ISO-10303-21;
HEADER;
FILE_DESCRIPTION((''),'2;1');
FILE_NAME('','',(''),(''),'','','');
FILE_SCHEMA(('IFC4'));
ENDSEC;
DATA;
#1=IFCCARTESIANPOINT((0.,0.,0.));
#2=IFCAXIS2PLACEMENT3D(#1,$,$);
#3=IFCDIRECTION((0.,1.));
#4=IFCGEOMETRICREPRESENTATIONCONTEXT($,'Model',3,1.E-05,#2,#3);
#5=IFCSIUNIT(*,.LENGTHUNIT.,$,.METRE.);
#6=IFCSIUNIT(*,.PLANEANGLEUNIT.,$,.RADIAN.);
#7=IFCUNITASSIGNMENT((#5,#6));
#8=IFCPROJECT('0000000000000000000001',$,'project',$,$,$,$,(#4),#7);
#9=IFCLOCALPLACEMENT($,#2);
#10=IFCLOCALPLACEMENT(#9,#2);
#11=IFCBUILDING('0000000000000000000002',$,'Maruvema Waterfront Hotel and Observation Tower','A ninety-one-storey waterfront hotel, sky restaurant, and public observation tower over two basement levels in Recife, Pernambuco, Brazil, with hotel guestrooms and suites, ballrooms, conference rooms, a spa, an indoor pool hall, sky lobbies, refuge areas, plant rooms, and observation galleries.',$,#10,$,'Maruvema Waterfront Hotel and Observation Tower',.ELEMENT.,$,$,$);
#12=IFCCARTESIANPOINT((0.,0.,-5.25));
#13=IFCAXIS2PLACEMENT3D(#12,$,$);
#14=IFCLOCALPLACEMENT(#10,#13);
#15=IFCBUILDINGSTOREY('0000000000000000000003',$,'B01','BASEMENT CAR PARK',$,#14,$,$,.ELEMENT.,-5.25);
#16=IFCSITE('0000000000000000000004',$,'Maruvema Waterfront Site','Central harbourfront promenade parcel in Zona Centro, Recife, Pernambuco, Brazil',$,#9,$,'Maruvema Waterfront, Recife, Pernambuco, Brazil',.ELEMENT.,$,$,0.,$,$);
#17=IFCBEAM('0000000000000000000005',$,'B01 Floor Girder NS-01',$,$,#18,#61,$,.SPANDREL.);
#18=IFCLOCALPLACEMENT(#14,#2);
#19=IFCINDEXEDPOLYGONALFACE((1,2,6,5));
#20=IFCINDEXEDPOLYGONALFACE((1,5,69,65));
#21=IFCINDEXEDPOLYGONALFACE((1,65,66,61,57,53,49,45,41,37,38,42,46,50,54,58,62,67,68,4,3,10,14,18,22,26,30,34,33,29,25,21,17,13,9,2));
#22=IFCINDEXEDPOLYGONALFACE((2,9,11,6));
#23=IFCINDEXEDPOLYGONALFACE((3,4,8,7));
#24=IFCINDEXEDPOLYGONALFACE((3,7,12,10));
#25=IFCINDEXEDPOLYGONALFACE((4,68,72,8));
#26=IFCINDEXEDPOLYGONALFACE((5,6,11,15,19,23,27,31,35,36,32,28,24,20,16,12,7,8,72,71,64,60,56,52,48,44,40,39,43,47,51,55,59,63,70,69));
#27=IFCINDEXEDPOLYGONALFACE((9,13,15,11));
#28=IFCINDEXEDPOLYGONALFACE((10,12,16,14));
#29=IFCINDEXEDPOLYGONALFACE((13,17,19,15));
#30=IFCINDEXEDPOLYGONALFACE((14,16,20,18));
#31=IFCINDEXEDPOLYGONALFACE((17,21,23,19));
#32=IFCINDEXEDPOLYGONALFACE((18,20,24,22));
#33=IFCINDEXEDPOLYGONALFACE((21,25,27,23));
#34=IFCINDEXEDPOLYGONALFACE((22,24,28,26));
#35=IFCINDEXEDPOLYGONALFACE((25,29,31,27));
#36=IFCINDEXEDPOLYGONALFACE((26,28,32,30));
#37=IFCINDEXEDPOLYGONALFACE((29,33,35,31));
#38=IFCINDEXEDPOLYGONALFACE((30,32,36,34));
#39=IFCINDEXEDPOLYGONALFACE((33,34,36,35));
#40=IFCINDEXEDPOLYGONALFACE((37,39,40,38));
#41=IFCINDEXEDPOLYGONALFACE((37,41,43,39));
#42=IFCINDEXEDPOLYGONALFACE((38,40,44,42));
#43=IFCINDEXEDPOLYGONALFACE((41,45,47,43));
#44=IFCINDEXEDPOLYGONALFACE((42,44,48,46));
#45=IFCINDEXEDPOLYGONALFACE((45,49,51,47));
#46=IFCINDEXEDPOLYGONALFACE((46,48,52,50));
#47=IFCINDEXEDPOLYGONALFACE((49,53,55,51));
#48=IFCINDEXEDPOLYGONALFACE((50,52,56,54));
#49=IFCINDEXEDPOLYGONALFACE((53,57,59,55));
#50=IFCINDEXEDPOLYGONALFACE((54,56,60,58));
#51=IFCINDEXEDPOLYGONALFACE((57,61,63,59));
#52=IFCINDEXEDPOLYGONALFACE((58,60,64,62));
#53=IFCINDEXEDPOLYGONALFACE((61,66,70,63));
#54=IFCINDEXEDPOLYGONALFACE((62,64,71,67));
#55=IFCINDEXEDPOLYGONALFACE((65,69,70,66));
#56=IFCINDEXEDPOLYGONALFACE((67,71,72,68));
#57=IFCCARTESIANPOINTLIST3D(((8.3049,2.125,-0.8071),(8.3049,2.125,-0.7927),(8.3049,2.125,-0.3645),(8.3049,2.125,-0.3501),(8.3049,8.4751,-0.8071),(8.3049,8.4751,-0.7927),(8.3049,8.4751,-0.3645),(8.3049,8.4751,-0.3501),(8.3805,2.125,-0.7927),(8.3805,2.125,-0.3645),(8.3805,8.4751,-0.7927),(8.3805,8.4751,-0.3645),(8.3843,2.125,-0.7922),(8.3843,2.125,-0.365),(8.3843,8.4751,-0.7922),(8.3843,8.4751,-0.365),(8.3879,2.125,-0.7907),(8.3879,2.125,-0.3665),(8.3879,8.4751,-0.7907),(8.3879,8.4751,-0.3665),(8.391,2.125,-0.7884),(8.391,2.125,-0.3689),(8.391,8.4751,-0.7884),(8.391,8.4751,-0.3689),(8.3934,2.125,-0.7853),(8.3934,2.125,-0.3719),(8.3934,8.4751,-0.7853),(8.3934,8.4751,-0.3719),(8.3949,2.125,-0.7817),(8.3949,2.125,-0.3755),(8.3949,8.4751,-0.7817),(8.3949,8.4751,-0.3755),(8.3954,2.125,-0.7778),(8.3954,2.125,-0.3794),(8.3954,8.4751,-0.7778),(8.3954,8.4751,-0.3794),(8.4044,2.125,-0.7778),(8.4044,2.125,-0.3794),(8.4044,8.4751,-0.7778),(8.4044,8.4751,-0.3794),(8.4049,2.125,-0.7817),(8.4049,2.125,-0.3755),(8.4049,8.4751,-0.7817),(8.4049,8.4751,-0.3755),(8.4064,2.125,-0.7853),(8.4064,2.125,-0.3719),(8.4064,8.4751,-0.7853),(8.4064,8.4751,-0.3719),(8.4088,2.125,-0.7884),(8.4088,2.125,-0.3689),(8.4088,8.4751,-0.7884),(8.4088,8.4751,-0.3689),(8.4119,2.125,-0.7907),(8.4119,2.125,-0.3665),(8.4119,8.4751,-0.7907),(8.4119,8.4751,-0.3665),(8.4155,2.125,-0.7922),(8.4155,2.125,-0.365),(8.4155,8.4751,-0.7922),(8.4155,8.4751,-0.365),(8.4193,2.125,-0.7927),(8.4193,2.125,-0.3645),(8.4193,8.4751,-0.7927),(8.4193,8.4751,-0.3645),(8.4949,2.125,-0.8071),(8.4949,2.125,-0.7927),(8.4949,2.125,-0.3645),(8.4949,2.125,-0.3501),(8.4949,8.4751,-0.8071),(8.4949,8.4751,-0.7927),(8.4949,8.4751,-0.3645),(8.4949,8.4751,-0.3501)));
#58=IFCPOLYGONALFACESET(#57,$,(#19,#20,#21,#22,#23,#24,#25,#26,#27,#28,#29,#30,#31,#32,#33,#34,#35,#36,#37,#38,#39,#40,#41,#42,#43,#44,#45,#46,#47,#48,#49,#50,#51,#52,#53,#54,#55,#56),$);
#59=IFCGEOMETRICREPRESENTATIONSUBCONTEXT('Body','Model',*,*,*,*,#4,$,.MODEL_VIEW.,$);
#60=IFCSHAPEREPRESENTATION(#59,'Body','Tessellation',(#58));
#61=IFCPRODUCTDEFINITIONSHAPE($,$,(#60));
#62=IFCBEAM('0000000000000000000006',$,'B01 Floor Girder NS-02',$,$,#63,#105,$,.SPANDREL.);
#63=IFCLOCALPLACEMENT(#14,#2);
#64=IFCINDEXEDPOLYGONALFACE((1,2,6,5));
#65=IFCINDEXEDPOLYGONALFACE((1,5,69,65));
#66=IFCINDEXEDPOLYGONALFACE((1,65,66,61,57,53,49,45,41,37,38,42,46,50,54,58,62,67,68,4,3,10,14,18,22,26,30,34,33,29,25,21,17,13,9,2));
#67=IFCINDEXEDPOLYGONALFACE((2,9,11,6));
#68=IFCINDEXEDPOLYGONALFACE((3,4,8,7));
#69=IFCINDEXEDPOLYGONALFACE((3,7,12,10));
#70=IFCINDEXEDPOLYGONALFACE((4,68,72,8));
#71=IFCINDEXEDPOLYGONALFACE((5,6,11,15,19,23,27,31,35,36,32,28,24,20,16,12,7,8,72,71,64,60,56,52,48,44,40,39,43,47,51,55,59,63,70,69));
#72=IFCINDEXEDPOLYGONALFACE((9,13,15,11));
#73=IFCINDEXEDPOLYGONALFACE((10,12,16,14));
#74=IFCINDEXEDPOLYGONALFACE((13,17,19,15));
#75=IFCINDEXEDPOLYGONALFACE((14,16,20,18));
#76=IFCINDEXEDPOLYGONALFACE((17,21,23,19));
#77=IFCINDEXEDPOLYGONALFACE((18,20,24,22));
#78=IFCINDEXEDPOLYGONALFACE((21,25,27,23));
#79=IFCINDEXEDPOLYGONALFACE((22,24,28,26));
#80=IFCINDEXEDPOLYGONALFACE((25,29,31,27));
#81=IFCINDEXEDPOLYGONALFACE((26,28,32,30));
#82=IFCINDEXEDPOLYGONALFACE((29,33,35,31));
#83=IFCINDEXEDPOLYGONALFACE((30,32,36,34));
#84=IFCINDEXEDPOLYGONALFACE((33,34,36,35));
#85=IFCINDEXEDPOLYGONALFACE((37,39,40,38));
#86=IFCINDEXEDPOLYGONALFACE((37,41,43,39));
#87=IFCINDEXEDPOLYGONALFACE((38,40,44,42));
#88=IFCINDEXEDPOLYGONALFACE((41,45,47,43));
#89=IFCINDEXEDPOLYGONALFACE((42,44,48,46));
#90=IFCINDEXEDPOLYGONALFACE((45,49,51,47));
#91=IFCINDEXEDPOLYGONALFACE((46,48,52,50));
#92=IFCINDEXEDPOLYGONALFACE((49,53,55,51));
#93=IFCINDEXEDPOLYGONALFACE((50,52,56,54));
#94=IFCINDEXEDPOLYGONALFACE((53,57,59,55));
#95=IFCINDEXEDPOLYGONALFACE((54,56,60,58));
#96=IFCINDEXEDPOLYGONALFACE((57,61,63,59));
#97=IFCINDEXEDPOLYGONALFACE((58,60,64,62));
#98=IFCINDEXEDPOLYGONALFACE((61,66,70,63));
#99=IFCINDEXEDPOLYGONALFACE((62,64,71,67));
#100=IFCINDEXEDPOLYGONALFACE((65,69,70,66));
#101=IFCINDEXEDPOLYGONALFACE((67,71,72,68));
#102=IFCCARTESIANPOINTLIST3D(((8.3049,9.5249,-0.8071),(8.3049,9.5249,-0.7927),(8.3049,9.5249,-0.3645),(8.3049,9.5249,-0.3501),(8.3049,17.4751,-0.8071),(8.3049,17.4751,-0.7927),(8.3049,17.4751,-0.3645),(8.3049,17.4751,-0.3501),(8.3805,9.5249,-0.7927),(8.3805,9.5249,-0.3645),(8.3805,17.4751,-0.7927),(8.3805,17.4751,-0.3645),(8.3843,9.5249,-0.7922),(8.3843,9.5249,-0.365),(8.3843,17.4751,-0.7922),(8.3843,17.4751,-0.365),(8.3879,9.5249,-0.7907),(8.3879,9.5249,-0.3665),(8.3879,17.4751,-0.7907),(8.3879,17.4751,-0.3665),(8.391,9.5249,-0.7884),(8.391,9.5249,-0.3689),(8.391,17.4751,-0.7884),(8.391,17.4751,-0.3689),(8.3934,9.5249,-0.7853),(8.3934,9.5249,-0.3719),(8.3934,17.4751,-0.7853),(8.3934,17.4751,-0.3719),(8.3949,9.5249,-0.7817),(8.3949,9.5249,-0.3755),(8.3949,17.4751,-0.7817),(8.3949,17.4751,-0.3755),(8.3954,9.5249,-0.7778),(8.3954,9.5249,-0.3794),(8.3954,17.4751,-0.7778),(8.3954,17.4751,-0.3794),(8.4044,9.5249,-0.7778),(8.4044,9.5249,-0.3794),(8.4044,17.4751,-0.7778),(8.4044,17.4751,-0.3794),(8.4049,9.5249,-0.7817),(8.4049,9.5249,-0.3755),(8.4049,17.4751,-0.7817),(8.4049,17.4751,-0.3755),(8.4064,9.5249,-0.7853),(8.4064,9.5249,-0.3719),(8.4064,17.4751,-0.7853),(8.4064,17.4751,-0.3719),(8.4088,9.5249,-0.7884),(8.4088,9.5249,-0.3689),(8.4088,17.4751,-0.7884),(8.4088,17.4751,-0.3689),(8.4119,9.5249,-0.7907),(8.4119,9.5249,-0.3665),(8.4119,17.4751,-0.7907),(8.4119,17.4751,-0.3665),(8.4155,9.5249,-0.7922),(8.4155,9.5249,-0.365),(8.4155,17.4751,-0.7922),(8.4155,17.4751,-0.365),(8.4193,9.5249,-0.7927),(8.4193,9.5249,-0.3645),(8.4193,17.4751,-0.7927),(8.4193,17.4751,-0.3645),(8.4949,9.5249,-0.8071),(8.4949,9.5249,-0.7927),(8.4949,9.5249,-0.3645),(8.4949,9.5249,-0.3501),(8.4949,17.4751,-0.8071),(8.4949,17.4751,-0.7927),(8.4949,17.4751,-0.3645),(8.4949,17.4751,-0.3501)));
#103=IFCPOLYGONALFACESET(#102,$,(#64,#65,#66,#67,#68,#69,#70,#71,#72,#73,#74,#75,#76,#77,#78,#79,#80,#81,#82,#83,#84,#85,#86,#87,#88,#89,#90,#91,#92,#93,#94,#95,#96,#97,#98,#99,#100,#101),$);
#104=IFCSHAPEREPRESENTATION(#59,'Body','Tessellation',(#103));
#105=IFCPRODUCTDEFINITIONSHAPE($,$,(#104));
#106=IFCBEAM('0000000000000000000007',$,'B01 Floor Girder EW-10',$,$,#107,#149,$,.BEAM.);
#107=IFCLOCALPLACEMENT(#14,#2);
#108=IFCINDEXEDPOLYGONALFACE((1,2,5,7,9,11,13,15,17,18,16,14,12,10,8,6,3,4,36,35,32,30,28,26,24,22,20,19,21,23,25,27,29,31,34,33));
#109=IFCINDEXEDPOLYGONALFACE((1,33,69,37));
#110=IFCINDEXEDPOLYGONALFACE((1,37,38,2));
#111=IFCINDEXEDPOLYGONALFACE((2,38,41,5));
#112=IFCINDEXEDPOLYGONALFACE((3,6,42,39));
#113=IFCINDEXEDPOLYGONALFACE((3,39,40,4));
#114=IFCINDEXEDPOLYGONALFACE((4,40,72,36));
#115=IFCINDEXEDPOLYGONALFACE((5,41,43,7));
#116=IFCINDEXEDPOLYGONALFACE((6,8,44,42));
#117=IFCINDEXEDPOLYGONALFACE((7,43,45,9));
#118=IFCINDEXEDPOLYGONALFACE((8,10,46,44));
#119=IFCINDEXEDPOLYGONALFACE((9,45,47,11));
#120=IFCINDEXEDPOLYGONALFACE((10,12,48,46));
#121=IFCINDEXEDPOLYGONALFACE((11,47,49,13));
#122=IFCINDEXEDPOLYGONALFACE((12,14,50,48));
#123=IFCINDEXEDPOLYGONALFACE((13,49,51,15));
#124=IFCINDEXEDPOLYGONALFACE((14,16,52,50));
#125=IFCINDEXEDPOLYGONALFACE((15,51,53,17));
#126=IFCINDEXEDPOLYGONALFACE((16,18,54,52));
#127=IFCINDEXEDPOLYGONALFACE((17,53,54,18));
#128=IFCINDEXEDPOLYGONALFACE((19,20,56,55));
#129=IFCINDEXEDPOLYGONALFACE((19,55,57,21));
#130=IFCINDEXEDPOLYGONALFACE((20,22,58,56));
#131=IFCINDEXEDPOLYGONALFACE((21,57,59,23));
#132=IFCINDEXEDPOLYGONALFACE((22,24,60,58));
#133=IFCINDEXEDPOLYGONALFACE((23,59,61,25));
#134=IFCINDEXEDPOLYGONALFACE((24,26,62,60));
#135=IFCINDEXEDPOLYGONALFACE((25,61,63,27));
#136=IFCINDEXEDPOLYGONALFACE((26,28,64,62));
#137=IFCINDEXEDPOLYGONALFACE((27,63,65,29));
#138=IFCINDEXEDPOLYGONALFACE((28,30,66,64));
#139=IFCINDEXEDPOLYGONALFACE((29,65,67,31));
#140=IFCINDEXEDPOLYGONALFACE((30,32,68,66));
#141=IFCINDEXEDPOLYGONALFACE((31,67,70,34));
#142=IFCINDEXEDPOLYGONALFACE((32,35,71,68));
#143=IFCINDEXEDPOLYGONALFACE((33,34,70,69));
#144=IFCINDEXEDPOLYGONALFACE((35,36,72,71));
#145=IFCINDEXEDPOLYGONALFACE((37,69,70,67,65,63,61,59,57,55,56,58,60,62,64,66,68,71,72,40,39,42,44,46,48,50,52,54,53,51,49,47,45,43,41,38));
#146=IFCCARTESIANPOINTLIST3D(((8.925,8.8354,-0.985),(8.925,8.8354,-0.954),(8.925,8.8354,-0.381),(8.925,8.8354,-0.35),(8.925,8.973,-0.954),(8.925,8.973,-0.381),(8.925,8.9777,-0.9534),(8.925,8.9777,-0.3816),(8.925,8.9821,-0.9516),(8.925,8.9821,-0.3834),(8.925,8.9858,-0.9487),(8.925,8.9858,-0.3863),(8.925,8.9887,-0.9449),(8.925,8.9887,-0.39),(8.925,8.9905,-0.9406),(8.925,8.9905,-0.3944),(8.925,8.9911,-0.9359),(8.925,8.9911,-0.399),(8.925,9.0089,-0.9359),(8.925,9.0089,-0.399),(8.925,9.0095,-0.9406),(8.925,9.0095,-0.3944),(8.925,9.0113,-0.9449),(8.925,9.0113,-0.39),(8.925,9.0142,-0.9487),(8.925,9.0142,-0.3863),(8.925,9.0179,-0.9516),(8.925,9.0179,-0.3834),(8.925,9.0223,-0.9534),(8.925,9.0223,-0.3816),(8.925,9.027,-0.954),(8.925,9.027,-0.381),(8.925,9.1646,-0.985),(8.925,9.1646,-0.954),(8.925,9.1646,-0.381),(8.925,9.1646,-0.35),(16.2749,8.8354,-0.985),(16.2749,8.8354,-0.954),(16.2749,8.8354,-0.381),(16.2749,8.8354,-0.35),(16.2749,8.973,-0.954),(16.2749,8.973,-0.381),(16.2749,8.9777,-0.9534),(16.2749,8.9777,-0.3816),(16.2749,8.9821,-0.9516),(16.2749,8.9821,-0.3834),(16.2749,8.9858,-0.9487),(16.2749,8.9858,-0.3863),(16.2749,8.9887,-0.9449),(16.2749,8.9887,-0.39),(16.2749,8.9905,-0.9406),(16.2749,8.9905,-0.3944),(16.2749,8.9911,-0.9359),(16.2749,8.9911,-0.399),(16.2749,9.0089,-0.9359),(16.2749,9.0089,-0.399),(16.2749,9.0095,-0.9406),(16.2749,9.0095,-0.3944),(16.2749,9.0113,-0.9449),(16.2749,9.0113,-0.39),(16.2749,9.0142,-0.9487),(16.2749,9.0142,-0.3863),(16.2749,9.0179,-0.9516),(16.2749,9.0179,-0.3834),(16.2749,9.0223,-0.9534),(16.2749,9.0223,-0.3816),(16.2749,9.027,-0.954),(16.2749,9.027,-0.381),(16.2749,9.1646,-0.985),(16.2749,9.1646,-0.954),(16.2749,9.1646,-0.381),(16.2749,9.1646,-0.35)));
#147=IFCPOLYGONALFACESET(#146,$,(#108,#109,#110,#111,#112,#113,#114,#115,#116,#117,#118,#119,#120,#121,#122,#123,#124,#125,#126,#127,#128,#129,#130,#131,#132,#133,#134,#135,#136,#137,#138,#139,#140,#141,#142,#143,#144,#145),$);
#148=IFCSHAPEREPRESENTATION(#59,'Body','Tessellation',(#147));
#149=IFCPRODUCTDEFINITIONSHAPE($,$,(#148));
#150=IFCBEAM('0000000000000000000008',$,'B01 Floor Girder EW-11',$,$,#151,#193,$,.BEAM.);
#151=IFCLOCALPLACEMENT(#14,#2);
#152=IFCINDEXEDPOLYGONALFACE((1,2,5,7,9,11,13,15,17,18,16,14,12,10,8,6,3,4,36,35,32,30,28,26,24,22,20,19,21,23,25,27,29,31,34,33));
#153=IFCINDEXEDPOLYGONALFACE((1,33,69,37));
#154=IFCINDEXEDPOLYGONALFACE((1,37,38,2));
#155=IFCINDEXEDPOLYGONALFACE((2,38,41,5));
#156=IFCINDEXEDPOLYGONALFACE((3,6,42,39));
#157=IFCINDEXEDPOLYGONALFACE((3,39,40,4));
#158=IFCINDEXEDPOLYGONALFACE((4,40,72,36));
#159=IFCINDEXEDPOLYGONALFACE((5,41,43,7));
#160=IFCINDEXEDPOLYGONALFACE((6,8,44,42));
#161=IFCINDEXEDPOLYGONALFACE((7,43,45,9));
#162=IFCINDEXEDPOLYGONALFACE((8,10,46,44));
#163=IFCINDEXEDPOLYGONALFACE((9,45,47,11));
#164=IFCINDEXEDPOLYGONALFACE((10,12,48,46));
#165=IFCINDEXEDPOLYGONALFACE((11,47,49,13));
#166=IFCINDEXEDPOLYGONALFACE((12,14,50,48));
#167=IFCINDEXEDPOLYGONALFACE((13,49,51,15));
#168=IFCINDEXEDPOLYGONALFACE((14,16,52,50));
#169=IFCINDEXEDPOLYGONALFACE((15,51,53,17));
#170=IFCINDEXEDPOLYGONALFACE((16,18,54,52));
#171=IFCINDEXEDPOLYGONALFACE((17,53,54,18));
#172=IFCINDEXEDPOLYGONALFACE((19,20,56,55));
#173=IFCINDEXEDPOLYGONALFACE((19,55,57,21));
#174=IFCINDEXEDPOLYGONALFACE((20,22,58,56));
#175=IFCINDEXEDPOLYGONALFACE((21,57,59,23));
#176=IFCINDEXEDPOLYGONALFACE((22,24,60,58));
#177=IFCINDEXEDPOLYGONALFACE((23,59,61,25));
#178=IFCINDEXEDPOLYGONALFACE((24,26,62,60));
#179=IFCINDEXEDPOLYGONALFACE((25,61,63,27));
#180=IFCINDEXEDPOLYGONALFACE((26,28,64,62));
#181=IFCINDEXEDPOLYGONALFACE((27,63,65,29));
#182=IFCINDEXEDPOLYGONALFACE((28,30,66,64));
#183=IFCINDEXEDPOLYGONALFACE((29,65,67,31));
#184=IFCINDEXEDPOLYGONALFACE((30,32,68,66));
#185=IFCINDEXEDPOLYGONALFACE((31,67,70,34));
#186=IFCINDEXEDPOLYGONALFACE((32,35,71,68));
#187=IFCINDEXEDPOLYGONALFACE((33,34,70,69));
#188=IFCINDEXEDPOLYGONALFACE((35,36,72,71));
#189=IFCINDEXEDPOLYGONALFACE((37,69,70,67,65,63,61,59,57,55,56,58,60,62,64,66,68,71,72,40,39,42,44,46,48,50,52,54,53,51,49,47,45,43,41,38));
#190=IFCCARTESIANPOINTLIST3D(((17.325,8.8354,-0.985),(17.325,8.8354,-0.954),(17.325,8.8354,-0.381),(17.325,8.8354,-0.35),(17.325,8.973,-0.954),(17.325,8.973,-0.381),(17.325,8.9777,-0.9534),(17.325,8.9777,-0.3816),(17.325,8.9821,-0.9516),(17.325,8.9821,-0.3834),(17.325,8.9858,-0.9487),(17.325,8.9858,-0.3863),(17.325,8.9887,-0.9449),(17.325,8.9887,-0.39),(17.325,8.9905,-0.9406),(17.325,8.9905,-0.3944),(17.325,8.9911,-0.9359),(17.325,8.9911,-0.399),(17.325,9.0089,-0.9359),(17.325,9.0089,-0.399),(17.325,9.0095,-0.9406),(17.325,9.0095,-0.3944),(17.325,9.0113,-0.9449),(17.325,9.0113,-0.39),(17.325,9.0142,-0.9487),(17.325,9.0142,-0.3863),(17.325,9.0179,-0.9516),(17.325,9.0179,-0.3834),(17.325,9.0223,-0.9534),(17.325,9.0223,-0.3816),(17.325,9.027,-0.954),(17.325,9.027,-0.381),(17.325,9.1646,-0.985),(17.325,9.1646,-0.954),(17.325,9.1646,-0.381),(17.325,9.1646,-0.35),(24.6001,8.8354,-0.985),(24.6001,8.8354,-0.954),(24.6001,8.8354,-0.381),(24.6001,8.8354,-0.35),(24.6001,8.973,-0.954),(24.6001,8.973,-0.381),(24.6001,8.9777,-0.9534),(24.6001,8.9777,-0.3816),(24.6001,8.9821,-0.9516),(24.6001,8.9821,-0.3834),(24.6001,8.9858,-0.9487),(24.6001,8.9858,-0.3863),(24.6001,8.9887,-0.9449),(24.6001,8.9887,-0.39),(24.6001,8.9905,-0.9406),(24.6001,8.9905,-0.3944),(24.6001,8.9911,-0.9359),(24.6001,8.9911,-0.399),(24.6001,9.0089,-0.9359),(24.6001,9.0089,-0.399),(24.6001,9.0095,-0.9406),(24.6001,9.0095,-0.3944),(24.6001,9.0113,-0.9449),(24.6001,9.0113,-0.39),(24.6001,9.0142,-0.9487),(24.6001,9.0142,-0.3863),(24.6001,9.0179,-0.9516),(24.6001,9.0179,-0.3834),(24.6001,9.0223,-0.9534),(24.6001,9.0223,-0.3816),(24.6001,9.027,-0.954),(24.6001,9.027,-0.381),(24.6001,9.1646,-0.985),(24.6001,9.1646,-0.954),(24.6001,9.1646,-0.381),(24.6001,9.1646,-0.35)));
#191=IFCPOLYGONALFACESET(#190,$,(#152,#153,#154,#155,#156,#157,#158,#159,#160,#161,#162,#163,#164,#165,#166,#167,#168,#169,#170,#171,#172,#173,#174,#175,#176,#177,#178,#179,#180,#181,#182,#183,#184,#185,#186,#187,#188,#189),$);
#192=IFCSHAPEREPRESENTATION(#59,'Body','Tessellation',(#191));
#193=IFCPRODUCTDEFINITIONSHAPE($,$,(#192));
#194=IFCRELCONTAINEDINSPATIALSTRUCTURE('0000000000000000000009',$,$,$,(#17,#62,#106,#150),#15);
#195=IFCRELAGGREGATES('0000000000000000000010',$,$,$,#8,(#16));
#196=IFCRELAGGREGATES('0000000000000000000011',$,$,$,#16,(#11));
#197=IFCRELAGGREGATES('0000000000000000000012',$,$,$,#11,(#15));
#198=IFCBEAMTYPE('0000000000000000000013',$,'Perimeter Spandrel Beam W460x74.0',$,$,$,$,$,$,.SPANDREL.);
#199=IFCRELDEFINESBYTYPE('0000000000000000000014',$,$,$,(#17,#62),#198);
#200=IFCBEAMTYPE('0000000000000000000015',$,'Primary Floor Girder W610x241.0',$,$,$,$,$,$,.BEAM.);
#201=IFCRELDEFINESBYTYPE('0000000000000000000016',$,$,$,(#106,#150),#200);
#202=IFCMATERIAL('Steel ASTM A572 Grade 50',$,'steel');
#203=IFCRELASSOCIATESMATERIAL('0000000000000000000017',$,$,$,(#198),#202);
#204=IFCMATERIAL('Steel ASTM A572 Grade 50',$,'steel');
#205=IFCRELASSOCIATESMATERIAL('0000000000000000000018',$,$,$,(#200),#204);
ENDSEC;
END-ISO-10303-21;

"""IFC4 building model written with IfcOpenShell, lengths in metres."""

from ifc_helpers import new_model, si_unit, direction, frame, origin, origin_2d, place, context, subcontext, project, spatial, i_section, extrude, material, material_profile, profile_set, type_object, element, save


model = new_model("IFC4")

# Units and contexts
model_context = context("Model", 3, precision=1e-05, world=origin(), true_north=direction((0.0, 1.0)))
body_context = subcontext(model_context, "Body", "Model", "MODEL_VIEW")
ifc_project = project(units=[si_unit("LENGTHUNIT", "METRE"), si_unit("PLANEANGLEUNIT", "RADIAN")], contexts=[model_context])

# Site, building, storey
site_placement = place(None, origin())
site = spatial("IfcSite", under=ifc_project, at=site_placement, Name="Maruvema Waterfront Site", Description="Central harbourfront promenade parcel in Zona Centro, Recife, Pernambuco, Brazil", LongName="Maruvema Waterfront, Recife, Pernambuco, Brazil", CompositionType="ELEMENT", RefElevation=0.0)
building_placement = place(site_placement, origin())
building = spatial("IfcBuilding", under=site, at=building_placement, Name="Maruvema Waterfront Hotel and Observation Tower", Description="A ninety-one-storey waterfront hotel, sky restaurant, and public observation tower over two basement levels in Recife, Pernambuco, Brazil, with hotel guestrooms and suites, ballrooms, conference rooms, a spa, an indoor pool hall, sky lobbies, refuge areas, plant rooms, and observation galleries.", LongName="Maruvema Waterfront Hotel and Observation Tower", CompositionType="ELEMENT")
storey_placement = place(building_placement, frame((0.0, 0.0, -5.25)))
storey = spatial("IfcBuildingStorey", under=building, at=storey_placement, Name="B01", Description="BASEMENT CAR PARK", CompositionType="ELEMENT", Elevation=-5.25)

# Beams
ifc_material_1 = material(Name="Steel ASTM A572 Grade 50", Category="steel")
ifc_material_profile_1 = material_profile(ifc_material_1, i_section(OverallWidth=0.1899, OverallDepth=0.457, WebThickness=0.009, FlangeThickness=0.0144, FilletRadius=0.0149, at=origin_2d()), Name="W460x74.0")
ifc_profile_set_1 = profile_set([ifc_material_profile_1], Name="Steel ASTM A572 Grade 50")
beam_type_1 = type_object("IfcBeamType", Name="Perimeter Spandrel Beam W460x74.0", PredefinedType="SPANDREL", material=ifc_profile_set_1)
beam_1_placement = place(storey_placement, frame((8.3999, 2.125, -0.5786), z_axis=(0.0, 1.0, 0.0), x_axis=(-1.0, 0.0, 0.0)))
element("IfcBeam", 1, at=beam_1_placement, inside=storey, type_object=beam_type_1, Name="B01 Floor Girder NS-01", PredefinedType="SPANDREL", context=body_context, shape_type="SweptSolid", body=[
    extrude(i_section(OverallWidth=0.1899, OverallDepth=0.457, WebThickness=0.009, FlangeThickness=0.0144, FilletRadius=0.0149, at=origin_2d()), origin(), (0.0, 0.0, 1.0), 6.3501),
])
beam_2_placement = place(storey_placement, frame((8.3999, 9.5249, -0.5786), z_axis=(0.0, 1.0, 0.0), x_axis=(-1.0, 0.0, 0.0)))
element("IfcBeam", 2, at=beam_2_placement, inside=storey, type_object=beam_type_1, Name="B01 Floor Girder NS-02", PredefinedType="SPANDREL", context=body_context, shape_type="SweptSolid", body=[
    extrude(i_section(OverallWidth=0.1899, OverallDepth=0.457, WebThickness=0.009, FlangeThickness=0.0144, FilletRadius=0.0149, at=origin_2d()), origin(), (0.0, 0.0, 1.0), 7.9502),
])
ifc_material_2 = material(Name="Steel ASTM A572 Grade 50", Category="steel")
ifc_material_profile_2 = material_profile(ifc_material_2, i_section(OverallWidth=0.3291, OverallDepth=0.635, WebThickness=0.0178, FlangeThickness=0.031, FilletRadius=0.0181, at=origin_2d()), Name="W610x241.0")
ifc_profile_set_2 = profile_set([ifc_material_profile_2], Name="Steel ASTM A572 Grade 50")
beam_type_2 = type_object("IfcBeamType", Name="Primary Floor Girder W610x241.0", PredefinedType="BEAM", material=ifc_profile_set_2)
beam_3_placement = place(storey_placement, frame((8.925, 9.0, -0.6675), z_axis=(1.0, 0.0, 0.0), x_axis=(0.0, 1.0, 0.0)))
element("IfcBeam", 3, at=beam_3_placement, inside=storey, type_object=beam_type_2, Name="B01 Floor Girder EW-10", PredefinedType="BEAM", context=body_context, shape_type="SweptSolid", body=[
    extrude(i_section(OverallWidth=0.3291, OverallDepth=0.635, WebThickness=0.0178, FlangeThickness=0.031, FilletRadius=0.0181, at=origin_2d()), origin(), (0.0, 0.0, 1.0), 7.3499),
])
beam_4_placement = place(storey_placement, frame((17.325, 9.0, -0.6675), z_axis=(1.0, 0.0, 0.0), x_axis=(0.0, 1.0, 0.0)))
element("IfcBeam", 4, at=beam_4_placement, inside=storey, type_object=beam_type_2, Name="B01 Floor Girder EW-11", PredefinedType="BEAM", context=body_context, shape_type="SweptSolid", body=[
    extrude(i_section(OverallWidth=0.3291, OverallDepth=0.635, WebThickness=0.0178, FlangeThickness=0.031, FilletRadius=0.0181, at=origin_2d()), origin(), (0.0, 0.0, 1.0), 7.2751),
])

save(model, "model.ifc")
